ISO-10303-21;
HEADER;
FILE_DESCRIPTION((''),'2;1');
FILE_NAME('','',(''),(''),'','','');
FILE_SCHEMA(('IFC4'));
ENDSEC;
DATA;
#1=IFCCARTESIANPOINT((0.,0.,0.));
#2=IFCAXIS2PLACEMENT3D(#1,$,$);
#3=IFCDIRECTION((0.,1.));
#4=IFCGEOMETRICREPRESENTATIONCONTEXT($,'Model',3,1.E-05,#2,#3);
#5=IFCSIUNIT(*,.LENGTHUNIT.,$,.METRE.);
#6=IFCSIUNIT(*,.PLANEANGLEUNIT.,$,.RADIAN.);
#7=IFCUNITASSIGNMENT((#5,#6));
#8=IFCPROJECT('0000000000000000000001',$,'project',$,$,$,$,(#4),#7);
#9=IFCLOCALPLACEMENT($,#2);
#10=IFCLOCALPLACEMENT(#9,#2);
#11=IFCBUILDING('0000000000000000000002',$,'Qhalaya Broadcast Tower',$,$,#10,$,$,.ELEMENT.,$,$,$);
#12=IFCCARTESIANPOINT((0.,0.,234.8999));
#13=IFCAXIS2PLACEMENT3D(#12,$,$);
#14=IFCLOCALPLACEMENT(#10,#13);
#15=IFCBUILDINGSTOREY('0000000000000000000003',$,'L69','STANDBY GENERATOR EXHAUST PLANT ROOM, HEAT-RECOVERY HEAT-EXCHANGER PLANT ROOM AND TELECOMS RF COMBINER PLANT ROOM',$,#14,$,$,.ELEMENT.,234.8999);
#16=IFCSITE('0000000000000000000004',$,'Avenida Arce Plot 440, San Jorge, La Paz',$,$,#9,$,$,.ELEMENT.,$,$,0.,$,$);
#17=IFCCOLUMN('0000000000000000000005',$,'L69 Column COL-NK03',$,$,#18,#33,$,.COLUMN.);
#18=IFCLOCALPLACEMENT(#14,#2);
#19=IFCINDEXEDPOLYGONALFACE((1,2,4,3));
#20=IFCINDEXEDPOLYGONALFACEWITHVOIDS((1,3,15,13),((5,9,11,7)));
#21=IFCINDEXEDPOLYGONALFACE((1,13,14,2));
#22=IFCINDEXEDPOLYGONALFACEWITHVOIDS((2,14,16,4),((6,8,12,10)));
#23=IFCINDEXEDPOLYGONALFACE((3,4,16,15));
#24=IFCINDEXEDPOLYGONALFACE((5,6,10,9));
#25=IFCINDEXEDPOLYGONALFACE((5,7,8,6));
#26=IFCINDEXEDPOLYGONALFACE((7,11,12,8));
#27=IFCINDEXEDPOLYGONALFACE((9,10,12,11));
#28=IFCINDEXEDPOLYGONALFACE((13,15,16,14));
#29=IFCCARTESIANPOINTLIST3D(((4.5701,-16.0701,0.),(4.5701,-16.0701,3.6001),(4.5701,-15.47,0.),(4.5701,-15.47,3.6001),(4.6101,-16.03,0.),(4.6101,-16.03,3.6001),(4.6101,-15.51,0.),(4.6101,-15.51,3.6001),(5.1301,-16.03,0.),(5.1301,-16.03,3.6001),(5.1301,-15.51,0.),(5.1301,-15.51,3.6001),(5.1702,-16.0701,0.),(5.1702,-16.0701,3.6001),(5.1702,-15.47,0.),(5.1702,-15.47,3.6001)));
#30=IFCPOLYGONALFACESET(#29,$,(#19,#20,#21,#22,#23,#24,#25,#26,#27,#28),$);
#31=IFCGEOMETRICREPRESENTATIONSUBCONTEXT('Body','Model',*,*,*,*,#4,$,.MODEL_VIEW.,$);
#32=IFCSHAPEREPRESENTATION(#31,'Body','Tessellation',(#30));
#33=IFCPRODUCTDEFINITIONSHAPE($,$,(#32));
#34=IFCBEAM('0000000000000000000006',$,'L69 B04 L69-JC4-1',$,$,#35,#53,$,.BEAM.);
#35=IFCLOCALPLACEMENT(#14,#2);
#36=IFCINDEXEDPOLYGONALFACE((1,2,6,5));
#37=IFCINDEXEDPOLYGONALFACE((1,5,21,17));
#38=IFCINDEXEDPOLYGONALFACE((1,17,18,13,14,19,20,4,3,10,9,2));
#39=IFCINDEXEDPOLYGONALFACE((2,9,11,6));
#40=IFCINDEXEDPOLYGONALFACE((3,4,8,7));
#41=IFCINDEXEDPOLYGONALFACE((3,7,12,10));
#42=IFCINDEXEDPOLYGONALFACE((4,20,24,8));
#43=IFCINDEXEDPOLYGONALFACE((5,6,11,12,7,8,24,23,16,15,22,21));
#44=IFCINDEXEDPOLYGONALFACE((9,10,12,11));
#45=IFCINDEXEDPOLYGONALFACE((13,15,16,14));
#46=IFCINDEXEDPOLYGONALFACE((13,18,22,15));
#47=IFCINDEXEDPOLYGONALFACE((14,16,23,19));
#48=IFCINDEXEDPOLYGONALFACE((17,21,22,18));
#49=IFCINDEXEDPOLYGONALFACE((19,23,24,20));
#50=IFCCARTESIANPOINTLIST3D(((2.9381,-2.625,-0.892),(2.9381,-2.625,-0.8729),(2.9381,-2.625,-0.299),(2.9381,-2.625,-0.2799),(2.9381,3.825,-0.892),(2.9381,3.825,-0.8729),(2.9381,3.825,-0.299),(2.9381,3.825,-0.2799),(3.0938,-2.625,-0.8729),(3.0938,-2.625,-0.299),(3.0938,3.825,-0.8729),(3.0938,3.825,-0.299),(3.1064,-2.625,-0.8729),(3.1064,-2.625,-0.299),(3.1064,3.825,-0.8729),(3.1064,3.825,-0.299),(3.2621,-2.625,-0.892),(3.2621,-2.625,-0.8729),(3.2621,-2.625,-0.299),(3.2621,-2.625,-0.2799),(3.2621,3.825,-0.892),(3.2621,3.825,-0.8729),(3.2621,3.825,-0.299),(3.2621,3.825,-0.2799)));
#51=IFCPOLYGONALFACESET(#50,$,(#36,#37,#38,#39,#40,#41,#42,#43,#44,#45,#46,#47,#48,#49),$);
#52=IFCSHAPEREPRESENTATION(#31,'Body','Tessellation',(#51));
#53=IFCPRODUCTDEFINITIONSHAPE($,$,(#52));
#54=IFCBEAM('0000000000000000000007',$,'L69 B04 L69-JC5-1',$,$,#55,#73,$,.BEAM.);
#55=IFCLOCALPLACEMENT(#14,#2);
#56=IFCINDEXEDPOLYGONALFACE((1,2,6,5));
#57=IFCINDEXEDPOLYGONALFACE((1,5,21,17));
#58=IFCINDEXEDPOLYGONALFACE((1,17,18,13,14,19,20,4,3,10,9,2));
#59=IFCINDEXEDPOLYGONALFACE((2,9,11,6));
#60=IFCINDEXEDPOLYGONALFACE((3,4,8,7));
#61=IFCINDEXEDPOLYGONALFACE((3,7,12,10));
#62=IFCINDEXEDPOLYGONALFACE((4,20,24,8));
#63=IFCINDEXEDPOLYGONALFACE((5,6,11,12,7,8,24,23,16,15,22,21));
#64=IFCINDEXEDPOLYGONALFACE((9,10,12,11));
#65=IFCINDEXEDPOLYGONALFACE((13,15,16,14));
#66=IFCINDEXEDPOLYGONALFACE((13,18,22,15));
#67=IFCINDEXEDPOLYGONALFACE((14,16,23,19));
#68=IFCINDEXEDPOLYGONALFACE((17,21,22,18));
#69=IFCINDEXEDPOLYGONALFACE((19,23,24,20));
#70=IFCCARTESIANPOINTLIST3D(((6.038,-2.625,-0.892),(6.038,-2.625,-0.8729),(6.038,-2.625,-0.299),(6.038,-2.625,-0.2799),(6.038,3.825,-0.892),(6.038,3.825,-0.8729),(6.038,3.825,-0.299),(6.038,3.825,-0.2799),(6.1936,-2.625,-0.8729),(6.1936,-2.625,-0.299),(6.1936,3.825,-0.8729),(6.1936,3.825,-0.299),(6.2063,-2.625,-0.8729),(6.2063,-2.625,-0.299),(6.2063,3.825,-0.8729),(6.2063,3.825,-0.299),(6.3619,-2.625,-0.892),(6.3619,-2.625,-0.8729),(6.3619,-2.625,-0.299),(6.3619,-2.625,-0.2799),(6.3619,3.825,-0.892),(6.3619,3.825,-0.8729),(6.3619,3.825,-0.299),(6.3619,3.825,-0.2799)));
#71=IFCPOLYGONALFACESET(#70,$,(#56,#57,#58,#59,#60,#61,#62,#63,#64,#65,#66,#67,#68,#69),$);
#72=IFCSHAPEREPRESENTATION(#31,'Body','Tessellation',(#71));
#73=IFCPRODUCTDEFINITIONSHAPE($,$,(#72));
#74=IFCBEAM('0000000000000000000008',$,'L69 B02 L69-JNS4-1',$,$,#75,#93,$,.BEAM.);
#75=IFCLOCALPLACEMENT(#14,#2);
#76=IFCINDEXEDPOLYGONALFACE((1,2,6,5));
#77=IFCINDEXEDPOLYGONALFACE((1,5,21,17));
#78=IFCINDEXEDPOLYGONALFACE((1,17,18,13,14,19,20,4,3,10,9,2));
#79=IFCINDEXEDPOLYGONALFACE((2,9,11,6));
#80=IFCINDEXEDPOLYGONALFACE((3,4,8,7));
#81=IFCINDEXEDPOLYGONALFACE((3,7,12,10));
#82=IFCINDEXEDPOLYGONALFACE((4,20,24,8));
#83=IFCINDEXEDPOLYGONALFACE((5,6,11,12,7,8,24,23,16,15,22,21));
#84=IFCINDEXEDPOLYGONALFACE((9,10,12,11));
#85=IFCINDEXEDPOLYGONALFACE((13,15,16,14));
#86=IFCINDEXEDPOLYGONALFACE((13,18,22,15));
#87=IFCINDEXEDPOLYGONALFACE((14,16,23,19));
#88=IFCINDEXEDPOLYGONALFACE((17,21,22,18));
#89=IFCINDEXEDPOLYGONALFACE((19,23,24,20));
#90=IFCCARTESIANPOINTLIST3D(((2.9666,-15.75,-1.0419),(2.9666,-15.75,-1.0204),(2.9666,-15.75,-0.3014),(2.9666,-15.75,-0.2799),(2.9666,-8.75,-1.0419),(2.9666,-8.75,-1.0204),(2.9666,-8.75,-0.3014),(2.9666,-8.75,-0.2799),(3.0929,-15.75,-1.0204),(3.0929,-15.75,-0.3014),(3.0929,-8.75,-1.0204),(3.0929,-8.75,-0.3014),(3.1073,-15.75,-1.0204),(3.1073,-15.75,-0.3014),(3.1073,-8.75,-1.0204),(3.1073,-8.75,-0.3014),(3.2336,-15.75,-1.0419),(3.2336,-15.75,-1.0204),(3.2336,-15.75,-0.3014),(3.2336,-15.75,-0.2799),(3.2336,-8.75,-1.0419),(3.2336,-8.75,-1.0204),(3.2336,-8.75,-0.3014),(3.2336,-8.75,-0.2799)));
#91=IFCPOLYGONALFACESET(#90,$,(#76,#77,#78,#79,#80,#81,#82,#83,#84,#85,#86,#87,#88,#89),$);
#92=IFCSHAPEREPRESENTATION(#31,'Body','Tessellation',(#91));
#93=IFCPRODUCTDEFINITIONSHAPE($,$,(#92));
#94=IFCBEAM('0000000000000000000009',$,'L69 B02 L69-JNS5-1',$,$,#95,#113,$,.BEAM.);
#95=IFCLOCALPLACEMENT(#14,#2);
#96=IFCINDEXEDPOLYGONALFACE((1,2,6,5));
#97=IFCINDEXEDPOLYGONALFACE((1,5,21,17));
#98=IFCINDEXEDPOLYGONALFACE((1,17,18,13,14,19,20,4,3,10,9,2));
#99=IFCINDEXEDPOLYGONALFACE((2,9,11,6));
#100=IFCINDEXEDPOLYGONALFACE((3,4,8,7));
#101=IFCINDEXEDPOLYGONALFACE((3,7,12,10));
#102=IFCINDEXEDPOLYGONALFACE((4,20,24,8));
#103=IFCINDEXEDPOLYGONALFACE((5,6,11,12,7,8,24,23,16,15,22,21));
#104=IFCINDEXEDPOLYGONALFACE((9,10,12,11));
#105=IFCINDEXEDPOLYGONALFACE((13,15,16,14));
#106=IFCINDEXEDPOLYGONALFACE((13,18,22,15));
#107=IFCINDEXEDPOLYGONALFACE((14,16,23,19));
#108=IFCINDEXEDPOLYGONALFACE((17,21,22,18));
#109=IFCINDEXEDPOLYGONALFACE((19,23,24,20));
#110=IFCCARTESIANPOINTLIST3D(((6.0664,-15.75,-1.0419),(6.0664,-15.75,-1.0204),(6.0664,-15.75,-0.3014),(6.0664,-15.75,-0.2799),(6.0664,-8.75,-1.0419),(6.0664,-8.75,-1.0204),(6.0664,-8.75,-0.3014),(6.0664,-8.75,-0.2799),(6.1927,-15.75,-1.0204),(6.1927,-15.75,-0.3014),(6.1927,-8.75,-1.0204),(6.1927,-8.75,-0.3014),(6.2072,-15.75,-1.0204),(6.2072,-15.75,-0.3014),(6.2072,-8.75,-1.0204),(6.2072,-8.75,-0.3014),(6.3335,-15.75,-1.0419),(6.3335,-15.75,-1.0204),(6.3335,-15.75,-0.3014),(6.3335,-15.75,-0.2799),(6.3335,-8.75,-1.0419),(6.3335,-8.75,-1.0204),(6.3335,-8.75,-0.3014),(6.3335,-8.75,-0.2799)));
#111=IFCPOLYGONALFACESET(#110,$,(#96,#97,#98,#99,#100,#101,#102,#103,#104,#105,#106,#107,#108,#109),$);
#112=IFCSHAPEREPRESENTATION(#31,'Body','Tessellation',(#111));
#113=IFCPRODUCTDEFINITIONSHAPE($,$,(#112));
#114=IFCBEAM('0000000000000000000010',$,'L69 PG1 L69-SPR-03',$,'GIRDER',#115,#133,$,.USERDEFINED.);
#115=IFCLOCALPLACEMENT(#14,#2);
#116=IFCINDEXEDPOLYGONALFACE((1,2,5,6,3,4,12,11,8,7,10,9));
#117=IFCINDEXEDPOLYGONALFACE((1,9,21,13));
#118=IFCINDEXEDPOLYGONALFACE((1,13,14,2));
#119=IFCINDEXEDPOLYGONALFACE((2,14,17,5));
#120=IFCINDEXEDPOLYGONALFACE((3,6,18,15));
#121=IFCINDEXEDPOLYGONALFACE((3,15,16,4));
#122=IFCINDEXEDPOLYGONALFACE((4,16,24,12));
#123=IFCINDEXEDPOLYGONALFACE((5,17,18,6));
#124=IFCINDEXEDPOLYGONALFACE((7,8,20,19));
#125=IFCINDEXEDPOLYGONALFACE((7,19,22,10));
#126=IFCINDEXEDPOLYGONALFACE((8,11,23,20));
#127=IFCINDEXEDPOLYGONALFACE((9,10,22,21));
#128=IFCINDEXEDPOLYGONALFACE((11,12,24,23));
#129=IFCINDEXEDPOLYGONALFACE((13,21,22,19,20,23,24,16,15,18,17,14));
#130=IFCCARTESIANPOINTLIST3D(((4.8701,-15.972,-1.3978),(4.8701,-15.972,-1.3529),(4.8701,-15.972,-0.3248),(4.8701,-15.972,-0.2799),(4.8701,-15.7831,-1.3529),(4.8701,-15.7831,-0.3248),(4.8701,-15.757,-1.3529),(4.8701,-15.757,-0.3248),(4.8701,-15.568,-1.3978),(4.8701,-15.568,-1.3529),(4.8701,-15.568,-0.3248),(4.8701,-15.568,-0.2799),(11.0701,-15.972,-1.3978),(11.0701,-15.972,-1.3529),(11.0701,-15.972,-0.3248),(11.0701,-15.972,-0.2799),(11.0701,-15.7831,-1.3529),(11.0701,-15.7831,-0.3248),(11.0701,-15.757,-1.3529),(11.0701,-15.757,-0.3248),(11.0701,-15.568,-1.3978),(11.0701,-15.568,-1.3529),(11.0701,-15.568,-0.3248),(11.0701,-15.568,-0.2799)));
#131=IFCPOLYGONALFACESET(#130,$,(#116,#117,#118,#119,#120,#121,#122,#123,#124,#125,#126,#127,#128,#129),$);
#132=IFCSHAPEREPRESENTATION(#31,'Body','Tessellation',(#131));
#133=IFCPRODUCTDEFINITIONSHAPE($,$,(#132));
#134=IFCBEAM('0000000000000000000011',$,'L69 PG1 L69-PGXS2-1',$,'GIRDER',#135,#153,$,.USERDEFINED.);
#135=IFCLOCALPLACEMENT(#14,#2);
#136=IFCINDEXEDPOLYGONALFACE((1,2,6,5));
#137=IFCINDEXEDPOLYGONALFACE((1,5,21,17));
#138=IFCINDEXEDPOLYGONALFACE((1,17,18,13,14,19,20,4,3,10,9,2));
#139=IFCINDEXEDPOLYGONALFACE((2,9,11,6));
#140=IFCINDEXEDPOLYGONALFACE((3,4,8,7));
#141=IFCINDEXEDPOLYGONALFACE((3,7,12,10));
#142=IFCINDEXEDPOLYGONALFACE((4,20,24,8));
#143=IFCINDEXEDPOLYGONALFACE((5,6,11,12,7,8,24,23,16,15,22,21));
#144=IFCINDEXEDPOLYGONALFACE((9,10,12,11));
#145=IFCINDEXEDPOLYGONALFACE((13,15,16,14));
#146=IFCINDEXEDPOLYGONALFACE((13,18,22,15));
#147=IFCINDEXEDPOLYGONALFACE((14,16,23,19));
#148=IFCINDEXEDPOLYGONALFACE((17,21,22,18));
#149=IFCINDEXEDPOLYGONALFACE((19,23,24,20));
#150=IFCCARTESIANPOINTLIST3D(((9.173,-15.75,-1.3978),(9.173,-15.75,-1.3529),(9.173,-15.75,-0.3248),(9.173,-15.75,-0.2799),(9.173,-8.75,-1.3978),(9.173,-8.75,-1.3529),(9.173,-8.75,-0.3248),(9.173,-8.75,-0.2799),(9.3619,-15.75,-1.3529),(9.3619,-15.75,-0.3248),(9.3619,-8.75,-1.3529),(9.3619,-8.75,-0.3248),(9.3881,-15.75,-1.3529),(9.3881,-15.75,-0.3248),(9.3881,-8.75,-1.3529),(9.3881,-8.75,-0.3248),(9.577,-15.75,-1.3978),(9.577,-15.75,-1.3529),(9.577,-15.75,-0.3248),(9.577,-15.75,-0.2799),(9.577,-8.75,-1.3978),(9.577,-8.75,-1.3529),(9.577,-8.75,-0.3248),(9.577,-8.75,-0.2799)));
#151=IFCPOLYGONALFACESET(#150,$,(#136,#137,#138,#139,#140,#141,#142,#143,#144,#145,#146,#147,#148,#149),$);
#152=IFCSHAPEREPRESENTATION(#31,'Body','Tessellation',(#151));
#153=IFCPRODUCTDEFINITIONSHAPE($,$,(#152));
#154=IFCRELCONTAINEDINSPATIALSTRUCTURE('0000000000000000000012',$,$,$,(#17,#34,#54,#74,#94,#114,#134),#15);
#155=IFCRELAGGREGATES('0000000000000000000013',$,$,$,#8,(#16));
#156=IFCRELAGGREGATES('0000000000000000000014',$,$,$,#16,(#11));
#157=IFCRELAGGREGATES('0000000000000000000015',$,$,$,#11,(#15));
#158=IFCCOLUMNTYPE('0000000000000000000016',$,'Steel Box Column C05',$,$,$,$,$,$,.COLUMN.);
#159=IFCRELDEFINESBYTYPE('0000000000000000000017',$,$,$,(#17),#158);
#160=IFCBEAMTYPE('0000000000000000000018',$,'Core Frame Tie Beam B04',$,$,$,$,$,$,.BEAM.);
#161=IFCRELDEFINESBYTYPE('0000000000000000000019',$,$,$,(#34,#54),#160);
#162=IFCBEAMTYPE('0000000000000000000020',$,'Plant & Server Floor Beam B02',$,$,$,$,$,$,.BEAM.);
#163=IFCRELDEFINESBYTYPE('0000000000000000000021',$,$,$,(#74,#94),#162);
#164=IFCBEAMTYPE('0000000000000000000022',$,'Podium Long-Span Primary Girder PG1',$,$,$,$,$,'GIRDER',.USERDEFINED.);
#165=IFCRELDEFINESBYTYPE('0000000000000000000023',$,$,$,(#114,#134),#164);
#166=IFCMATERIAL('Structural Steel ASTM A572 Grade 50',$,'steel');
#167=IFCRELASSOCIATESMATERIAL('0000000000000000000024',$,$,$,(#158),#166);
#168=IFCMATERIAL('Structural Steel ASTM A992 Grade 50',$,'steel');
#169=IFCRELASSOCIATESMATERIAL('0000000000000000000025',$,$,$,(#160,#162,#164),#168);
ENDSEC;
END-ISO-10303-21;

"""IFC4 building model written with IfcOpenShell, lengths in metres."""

from ifc_helpers import new_model, si_unit, direction, frame, origin, origin_2d, place, context, subcontext, project, spatial, hollow_rectangle, i_section, extrude, material, material_profile, profile_set, type_object, element, save


model = new_model("IFC4")

# Units and contexts
model_context = context("Model", 3, precision=1e-05, world=origin(), true_north=direction((0.0, 1.0)))
body_context = subcontext(model_context, "Body", "Model", "MODEL_VIEW")
ifc_project = project(units=[si_unit("LENGTHUNIT", "METRE"), si_unit("PLANEANGLEUNIT", "RADIAN")], contexts=[model_context])

# Site, building, storey
site_placement = place(None, origin())
site = spatial("IfcSite", under=ifc_project, at=site_placement, Name="Avenida Arce Plot 440, San Jorge, La Paz", CompositionType="ELEMENT", RefElevation=0.0)
building_placement = place(site_placement, origin())
building = spatial("IfcBuilding", under=site, at=building_placement, Name="Qhalaya Broadcast Tower", CompositionType="ELEMENT")
storey_placement = place(building_placement, frame((0.0, 0.0, 234.8999)))
storey = spatial("IfcBuildingStorey", under=building, at=storey_placement, Name="L69", Description="STANDBY GENERATOR EXHAUST PLANT ROOM, HEAT-RECOVERY HEAT-EXCHANGER PLANT ROOM AND TELECOMS RF COMBINER PLANT ROOM", CompositionType="ELEMENT", Elevation=234.8999)

# Column
ifc_material_1 = material(Name="Structural Steel ASTM A572 Grade 50", Category="steel")
ifc_material_profile_1 = material_profile(ifc_material_1, hollow_rectangle(XDim=0.6001, YDim=0.6001, WallThickness=0.04, at=origin_2d()), Name="BOX 600x600x40")
ifc_profile_set_1 = profile_set([ifc_material_profile_1], Name="Structural Steel ASTM A572 Grade 50")
column_type = type_object("IfcColumnType", Name="Steel Box Column C05", PredefinedType="COLUMN", material=ifc_profile_set_1)
column_placement = place(storey_placement, frame((4.8701, -15.77, 0.0), z_axis=(0.0, 0.0, 1.0), x_axis=(1.0, 0.0, 0.0)))
element("IfcColumn", 1, at=column_placement, inside=storey, type_object=column_type, Name="L69 Column COL-NK03", PredefinedType="COLUMN", context=body_context, shape_type="SweptSolid", body=[
    extrude(hollow_rectangle(XDim=0.6001, YDim=0.6001, WallThickness=0.04, at=origin_2d()), origin(), (0.0, 0.0, 1.0), 3.6001),
])

# Beams
ifc_material_2 = material(Name="Structural Steel ASTM A992 Grade 50", Category="steel")
ifc_material_profile_2 = material_profile(ifc_material_2, i_section(OverallWidth=0.324, OverallDepth=0.6121, WebThickness=0.0127, FlangeThickness=0.019, at=origin_2d()), Name="W24X104")
ifc_profile_set_2 = profile_set([ifc_material_profile_2], Name="Structural Steel ASTM A992 Grade 50")
beam_type_1 = type_object("IfcBeamType", Name="Core Frame Tie Beam B04", PredefinedType="BEAM", material=ifc_profile_set_2)
for number, where, z_axis, x_axis, name in (
    (2, (3.1001, -2.625, -0.5859), (0.0, 1.0, 0.0), (-1.0, 0.0, 0.0), "L69 B04 L69-JC4-1"),
    (3, (6.2, -2.625, -0.5859), (0.0, 1.0, 0.0), (-1.0, 0.0, 0.0), "L69 B04 L69-JC5-1"),
):
    element("IfcBeam", number, at=place(storey_placement, frame(where, z_axis=z_axis, x_axis=x_axis)), inside=storey, type_object=beam_type_1, Name=name, PredefinedType="BEAM", context=body_context, shape_type="SweptSolid", body=[
        extrude(i_section(OverallWidth=0.324, OverallDepth=0.6121, WebThickness=0.0127, FlangeThickness=0.019, at=origin_2d()), origin(), (0.0, 0.0, 1.0), 6.45),
    ])
ifc_material_profile_3 = material_profile(ifc_material_2, i_section(OverallWidth=0.2671, OverallDepth=0.762, WebThickness=0.0144, FlangeThickness=0.0215, at=origin_2d()), Name="W30X116")
ifc_profile_set_3 = profile_set([ifc_material_profile_3], Name="Structural Steel ASTM A992 Grade 50")
beam_type_2 = type_object("IfcBeamType", Name="Plant & Server Floor Beam B02", PredefinedType="BEAM", material=ifc_profile_set_3)
for number, where, z_axis, x_axis, name in (
    (4, (3.1001, -15.75, -0.6609), (0.0, 1.0, 0.0), (-1.0, 0.0, 0.0), "L69 B02 L69-JNS4-1"),
    (5, (6.2, -15.75, -0.6609), (0.0, 1.0, 0.0), (-1.0, 0.0, 0.0), "L69 B02 L69-JNS5-1"),
):
    element("IfcBeam", number, at=place(storey_placement, frame(where, z_axis=z_axis, x_axis=x_axis)), inside=storey, type_object=beam_type_2, Name=name, PredefinedType="BEAM", context=body_context, shape_type="SweptSolid", body=[
        extrude(i_section(OverallWidth=0.2671, OverallDepth=0.762, WebThickness=0.0144, FlangeThickness=0.0215, at=origin_2d()), origin(), (0.0, 0.0, 1.0), 7.0),
    ])
ifc_material_profile_4 = material_profile(ifc_material_2, i_section(OverallWidth=0.4041, OverallDepth=1.1179, WebThickness=0.0261, FlangeThickness=0.0449, at=origin_2d()), Name="W44X335")
ifc_profile_set_4 = profile_set([ifc_material_profile_4], Name="Structural Steel ASTM A992 Grade 50")
beam_type_3 = type_object("IfcBeamType", Name="Podium Long-Span Primary Girder PG1", ElementType="GIRDER", PredefinedType="USERDEFINED", material=ifc_profile_set_4)
beam_1_placement = place(storey_placement, frame((4.8701, -15.77, -0.8389), z_axis=(1.0, 0.0, 0.0), x_axis=(0.0, 1.0, 0.0)))
element("IfcBeam", 6, at=beam_1_placement, inside=storey, type_object=beam_type_3, Name="L69 PG1 L69-SPR-03", ObjectType="GIRDER", PredefinedType="USERDEFINED", context=body_context, shape_type="SweptSolid", body=[
    extrude(i_section(OverallWidth=0.4041, OverallDepth=1.1179, WebThickness=0.0261, FlangeThickness=0.0449, at=origin_2d()), origin(), (0.0, 0.0, 1.0), 6.2),
])
beam_2_placement = place(storey_placement, frame((9.375, -15.75, -0.8389), z_axis=(0.0, 1.0, 0.0), x_axis=(-1.0, 0.0, 0.0)))
element("IfcBeam", 7, at=beam_2_placement, inside=storey, type_object=beam_type_3, Name="L69 PG1 L69-PGXS2-1", ObjectType="GIRDER", PredefinedType="USERDEFINED", context=body_context, shape_type="SweptSolid", body=[
    extrude(i_section(OverallWidth=0.4041, OverallDepth=1.1179, WebThickness=0.0261, FlangeThickness=0.0449, at=origin_2d()), origin(), (0.0, 0.0, 1.0), 7.0),
])

save(model, "model.ifc")
